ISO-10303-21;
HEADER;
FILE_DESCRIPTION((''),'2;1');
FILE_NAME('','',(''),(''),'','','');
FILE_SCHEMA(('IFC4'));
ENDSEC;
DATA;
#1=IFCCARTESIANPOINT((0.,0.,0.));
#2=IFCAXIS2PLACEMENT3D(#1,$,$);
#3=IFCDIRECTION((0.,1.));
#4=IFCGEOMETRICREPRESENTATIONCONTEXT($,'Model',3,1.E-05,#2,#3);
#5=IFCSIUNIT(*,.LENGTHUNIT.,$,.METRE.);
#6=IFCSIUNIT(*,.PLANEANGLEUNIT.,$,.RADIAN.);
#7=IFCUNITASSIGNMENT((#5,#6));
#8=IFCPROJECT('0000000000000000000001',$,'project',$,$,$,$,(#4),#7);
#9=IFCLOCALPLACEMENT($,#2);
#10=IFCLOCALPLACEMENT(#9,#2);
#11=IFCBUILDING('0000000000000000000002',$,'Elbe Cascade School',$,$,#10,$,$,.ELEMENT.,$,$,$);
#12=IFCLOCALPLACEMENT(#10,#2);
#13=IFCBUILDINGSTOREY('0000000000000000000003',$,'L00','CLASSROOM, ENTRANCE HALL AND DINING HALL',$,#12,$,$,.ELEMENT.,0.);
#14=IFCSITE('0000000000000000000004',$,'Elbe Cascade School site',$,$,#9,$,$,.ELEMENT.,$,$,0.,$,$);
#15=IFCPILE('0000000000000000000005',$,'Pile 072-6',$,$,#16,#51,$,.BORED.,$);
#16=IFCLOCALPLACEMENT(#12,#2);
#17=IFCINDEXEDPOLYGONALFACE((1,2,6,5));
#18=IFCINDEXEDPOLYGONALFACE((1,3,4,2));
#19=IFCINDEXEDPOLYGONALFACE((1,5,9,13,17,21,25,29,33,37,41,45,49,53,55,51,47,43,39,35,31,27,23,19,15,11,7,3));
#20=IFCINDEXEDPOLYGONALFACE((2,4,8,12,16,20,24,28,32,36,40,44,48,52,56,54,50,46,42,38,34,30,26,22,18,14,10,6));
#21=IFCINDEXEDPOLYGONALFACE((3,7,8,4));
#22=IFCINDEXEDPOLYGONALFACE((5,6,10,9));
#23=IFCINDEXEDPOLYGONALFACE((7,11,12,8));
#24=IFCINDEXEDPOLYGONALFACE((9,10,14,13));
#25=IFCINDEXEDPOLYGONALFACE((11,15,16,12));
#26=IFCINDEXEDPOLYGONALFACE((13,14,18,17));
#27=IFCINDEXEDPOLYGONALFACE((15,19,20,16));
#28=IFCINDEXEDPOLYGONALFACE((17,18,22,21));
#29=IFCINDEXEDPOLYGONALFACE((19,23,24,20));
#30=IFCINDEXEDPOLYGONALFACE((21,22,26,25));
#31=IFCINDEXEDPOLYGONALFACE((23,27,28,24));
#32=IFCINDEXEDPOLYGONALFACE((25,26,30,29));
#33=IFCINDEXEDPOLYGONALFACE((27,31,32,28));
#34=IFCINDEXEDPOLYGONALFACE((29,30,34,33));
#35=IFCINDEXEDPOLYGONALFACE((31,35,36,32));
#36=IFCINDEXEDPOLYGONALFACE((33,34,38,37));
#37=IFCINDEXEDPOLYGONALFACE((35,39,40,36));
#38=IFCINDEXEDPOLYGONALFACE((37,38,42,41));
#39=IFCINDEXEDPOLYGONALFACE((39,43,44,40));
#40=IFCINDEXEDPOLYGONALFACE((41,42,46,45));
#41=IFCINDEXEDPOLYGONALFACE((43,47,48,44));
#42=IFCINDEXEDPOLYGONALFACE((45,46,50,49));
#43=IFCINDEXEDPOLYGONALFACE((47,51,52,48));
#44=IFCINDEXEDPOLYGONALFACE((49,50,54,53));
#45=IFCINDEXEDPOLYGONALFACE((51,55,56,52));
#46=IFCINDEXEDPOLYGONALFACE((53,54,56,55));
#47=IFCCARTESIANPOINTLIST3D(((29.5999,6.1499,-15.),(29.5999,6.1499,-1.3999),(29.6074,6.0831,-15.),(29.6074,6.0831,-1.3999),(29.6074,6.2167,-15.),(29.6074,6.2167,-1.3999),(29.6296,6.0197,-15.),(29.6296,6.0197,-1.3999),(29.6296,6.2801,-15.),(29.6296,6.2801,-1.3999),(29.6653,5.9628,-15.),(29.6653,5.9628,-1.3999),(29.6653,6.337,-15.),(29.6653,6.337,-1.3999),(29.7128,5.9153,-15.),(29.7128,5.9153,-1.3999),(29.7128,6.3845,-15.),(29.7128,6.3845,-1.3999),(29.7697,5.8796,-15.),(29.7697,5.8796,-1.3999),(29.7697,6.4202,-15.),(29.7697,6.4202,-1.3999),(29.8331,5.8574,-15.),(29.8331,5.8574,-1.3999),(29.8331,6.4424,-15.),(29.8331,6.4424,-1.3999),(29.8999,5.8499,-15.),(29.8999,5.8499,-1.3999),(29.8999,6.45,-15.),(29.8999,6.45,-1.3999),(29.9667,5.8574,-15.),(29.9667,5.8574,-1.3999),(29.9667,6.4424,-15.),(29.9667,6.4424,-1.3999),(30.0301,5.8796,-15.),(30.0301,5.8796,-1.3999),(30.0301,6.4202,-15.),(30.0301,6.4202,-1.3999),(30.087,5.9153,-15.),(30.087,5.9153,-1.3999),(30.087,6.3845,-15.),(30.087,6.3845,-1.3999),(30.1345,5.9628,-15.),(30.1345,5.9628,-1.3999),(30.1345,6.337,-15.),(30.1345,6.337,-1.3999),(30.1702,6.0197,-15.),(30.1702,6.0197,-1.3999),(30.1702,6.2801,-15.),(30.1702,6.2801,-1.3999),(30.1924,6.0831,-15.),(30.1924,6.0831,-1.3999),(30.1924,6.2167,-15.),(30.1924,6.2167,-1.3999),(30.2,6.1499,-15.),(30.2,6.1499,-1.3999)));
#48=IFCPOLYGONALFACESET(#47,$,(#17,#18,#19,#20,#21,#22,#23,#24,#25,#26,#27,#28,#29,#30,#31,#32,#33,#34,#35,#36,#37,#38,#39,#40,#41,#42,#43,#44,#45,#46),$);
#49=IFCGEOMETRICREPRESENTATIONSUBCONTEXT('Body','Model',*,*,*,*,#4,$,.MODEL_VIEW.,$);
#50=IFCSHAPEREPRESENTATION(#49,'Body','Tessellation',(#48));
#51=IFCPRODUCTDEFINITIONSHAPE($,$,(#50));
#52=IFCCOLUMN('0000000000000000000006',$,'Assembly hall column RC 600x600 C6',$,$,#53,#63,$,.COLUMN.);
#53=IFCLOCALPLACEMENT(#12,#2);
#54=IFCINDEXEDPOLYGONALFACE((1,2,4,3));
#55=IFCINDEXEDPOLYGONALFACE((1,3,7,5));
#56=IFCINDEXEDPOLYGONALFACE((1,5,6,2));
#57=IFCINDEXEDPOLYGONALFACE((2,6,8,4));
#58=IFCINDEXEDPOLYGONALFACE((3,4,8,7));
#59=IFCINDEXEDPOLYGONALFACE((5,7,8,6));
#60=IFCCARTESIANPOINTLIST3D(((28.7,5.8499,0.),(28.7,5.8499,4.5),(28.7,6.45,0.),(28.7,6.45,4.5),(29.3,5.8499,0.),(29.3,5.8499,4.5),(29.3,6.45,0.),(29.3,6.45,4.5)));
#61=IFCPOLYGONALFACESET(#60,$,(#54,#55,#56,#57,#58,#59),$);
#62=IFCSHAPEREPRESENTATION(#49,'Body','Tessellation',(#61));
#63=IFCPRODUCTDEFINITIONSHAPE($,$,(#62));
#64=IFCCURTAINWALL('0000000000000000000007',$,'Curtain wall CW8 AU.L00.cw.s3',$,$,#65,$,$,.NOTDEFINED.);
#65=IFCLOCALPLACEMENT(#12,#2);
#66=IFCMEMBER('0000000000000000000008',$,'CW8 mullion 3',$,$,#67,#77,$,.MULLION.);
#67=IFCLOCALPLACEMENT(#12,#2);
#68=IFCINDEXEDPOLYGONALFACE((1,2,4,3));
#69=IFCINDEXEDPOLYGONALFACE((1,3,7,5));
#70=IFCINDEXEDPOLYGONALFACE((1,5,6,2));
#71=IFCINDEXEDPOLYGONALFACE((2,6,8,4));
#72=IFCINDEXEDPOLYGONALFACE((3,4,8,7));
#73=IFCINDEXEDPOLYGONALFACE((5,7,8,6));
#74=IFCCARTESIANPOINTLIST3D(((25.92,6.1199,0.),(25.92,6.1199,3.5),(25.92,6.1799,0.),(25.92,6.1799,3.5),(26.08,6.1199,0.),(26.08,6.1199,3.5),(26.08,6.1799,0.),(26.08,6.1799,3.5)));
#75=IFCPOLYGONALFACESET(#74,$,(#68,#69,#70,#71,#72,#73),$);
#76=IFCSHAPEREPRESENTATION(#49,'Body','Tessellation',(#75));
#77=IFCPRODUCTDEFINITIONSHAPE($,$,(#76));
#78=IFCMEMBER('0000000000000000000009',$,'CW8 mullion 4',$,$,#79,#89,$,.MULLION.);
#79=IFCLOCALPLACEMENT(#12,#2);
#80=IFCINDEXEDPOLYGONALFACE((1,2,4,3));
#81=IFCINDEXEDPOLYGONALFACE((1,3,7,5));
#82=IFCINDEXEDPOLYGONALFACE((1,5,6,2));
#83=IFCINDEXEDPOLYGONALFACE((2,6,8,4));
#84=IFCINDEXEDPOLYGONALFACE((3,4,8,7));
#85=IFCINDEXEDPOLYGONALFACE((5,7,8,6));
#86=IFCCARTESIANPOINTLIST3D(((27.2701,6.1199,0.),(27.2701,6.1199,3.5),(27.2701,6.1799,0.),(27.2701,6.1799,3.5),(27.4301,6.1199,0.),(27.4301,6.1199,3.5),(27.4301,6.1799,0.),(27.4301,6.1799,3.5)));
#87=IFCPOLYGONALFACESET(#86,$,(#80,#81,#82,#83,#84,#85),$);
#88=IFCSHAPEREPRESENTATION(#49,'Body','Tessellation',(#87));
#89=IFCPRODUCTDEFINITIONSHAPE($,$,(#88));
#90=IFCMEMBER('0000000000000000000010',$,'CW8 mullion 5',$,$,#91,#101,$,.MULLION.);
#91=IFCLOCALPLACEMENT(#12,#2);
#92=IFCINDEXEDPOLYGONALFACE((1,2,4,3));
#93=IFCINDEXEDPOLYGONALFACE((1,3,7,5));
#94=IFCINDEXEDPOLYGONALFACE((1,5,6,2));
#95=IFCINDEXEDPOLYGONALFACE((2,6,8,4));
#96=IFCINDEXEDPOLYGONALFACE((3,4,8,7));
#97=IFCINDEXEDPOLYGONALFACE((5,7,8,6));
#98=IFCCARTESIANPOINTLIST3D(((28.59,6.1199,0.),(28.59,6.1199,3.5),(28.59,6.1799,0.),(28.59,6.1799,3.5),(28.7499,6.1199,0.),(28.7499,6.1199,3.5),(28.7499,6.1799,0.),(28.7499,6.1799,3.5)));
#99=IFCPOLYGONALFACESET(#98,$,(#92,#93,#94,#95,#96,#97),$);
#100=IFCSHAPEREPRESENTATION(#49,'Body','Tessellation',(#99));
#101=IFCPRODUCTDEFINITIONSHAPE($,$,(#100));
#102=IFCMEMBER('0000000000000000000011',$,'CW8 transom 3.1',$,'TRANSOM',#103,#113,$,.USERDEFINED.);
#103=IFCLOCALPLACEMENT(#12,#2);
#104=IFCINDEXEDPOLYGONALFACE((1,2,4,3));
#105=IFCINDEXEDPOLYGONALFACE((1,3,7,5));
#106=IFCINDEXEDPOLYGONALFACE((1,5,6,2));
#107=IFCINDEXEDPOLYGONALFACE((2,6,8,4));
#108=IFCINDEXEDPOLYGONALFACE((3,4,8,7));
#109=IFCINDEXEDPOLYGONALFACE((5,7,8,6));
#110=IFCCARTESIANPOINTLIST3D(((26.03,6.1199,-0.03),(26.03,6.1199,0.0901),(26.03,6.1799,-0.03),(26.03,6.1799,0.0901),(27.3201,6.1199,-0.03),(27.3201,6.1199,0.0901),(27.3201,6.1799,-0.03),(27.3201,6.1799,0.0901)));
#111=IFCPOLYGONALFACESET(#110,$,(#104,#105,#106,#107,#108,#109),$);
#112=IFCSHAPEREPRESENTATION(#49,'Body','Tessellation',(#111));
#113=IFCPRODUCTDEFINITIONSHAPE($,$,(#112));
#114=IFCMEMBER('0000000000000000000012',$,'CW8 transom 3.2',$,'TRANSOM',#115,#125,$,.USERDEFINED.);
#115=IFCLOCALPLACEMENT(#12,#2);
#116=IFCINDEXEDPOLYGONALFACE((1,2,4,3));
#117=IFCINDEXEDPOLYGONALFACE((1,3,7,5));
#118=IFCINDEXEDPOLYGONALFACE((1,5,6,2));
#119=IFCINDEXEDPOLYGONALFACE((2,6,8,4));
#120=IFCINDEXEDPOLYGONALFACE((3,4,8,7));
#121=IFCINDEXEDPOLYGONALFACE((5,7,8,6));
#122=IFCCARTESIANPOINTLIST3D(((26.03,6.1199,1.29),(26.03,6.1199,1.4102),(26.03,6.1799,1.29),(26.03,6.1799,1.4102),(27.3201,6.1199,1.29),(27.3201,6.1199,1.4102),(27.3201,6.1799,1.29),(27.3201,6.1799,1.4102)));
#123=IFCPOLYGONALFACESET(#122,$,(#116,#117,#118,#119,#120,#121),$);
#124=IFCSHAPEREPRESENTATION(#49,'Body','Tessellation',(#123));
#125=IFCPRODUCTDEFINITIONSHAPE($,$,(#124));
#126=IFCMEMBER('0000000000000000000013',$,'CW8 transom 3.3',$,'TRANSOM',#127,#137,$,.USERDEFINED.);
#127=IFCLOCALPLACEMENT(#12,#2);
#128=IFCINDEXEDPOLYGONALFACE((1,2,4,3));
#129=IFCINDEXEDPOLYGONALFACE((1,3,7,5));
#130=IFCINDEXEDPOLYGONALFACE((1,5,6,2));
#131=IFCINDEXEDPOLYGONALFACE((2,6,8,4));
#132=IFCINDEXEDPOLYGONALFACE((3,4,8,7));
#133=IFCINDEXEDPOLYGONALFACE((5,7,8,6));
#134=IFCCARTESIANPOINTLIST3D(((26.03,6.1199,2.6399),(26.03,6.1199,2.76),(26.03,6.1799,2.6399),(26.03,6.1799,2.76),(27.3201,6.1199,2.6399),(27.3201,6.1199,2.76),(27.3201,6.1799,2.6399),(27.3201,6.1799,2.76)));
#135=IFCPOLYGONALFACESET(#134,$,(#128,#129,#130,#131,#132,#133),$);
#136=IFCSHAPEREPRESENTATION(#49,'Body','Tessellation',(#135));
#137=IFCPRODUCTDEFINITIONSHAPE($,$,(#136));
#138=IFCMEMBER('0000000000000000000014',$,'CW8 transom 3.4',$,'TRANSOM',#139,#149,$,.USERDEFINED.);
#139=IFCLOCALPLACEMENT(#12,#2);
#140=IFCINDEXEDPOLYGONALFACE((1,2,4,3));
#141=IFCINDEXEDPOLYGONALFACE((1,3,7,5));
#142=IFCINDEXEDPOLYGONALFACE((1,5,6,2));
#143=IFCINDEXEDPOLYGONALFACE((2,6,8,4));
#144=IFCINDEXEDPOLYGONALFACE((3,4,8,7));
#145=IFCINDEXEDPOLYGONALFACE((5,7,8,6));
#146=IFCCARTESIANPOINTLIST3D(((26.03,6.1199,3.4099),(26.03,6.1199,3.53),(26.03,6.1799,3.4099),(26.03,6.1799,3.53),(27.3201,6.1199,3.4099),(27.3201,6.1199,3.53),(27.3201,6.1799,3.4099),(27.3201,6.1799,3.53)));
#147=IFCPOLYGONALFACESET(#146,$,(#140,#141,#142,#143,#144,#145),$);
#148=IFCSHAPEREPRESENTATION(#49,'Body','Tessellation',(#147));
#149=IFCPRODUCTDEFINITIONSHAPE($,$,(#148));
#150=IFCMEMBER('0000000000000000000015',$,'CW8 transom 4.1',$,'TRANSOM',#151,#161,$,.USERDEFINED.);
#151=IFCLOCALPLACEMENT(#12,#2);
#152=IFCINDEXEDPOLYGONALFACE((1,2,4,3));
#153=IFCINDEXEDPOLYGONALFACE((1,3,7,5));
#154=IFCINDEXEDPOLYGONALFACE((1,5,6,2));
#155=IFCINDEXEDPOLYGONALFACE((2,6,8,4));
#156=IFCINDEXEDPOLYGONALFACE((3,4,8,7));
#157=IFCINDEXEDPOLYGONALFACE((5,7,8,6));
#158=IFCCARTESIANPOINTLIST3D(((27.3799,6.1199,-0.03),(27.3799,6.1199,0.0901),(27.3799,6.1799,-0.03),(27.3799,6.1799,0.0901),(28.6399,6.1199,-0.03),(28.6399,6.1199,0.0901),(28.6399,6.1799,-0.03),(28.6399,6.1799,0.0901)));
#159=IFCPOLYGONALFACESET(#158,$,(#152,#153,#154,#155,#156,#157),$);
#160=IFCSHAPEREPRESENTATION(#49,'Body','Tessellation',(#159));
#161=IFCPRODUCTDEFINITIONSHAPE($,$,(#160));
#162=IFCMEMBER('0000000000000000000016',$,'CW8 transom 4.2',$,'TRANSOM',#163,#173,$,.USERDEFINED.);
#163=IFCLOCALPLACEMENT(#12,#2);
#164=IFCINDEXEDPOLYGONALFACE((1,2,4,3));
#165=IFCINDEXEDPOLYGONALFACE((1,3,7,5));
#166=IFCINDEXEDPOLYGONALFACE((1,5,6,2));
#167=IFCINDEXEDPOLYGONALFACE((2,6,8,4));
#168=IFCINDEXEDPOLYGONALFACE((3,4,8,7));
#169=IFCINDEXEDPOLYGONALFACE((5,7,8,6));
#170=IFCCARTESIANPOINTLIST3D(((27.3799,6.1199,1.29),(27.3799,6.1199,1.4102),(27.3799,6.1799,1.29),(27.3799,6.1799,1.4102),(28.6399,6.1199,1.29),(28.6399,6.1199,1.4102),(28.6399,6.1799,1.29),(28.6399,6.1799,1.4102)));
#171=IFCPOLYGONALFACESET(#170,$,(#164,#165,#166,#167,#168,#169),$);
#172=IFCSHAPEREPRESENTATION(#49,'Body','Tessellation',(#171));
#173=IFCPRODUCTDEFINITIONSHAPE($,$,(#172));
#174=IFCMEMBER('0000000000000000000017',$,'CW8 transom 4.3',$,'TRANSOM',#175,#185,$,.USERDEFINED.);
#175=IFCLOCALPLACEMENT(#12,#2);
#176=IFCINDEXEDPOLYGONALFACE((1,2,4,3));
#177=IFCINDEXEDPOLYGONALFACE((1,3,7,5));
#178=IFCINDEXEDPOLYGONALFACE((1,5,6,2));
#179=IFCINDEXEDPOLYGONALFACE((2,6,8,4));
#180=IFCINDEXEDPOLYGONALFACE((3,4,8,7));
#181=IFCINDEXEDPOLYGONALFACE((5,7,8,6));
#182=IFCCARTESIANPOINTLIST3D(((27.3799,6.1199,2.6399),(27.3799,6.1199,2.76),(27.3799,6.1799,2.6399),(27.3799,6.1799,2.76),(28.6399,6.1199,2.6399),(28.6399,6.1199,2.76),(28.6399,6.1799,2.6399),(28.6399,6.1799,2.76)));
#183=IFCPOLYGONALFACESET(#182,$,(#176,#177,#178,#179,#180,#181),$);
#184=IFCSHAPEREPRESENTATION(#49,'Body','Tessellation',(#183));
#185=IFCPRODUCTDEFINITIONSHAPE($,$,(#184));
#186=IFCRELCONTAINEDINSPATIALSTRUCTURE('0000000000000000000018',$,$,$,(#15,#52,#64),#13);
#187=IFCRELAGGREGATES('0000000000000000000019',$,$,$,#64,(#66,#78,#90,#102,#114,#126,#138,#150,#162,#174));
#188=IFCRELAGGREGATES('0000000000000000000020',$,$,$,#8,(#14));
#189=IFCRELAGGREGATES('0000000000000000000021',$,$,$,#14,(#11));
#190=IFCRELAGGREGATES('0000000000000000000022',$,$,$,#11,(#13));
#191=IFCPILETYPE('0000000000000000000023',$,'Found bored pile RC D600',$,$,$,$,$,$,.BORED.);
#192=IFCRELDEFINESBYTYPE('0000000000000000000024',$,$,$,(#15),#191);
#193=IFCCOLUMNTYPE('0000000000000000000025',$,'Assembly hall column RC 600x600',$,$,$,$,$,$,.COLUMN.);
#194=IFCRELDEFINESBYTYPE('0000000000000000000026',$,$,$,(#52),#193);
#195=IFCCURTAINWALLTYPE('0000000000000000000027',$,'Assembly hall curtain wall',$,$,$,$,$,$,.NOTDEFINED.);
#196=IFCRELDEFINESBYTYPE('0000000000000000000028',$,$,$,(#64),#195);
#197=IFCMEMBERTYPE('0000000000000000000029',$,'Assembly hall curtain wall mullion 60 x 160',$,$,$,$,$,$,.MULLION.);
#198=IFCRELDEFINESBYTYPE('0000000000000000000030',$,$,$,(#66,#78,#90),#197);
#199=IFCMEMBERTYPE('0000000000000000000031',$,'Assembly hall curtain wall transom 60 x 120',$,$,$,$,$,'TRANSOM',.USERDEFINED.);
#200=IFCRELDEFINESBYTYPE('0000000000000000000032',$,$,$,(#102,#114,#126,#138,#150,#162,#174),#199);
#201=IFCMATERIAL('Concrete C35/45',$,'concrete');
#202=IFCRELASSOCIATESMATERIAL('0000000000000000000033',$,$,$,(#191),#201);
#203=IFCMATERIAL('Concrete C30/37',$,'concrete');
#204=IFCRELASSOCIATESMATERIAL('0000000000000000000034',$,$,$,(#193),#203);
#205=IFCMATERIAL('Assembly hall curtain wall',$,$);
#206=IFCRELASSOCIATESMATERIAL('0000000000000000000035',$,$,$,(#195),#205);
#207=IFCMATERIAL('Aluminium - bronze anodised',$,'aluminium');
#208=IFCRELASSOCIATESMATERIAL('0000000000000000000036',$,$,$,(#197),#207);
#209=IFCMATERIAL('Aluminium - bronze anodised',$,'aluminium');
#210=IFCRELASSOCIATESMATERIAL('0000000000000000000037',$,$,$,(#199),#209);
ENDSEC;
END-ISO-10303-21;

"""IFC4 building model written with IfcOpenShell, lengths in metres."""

from ifc_helpers import new_model, si_unit, direction, frame, origin, origin_2d, place, context, subcontext, project, spatial, rectangle, circle, extrude, material, material_profile, profile_set, type_object, element, aggregate, save


model = new_model("IFC4")

# Units and contexts
model_context = context("Model", 3, precision=1e-05, world=origin(), true_north=direction((0.0, 1.0)))
body_context = subcontext(model_context, "Body", "Model", "MODEL_VIEW")
ifc_project = project(units=[si_unit("LENGTHUNIT", "METRE"), si_unit("PLANEANGLEUNIT", "RADIAN")], contexts=[model_context])

# Site, building, storey
site_placement = place(None, origin())
site = spatial("IfcSite", under=ifc_project, at=site_placement, Name="Elbe Cascade School site", CompositionType="ELEMENT", RefElevation=0.0)
building_placement = place(site_placement, origin())
building = spatial("IfcBuilding", under=site, at=building_placement, Name="Elbe Cascade School", CompositionType="ELEMENT")
storey_placement = place(building_placement, origin())
storey = spatial("IfcBuildingStorey", under=building, at=storey_placement, Name="L00", Description="CLASSROOM, ENTRANCE HALL AND DINING HALL", CompositionType="ELEMENT", Elevation=0.0)

# Pile
ifc_material_1 = material(Name="Concrete C35/45", Category="concrete")
ifc_material_profile_1 = material_profile(ifc_material_1, circle(Radius=0.3, at=origin_2d()), Name="RC D600")
ifc_profile_set_1 = profile_set([ifc_material_profile_1], Name="Concrete C35/45")
pile_type = type_object("IfcPileType", Name="Found bored pile RC D600", PredefinedType="BORED", material=ifc_profile_set_1)
pile_placement = place(storey_placement, frame((29.8999, 6.1499, -1.3999), z_axis=(0.0, 0.0, -1.0), x_axis=(1.0, 0.0, 0.0)))
element("IfcPile", 1, at=pile_placement, inside=storey, type_object=pile_type, Name="Pile 072-6", PredefinedType="BORED", context=body_context, shape_type="SweptSolid", body=[
    extrude(circle(Radius=0.3, at=origin_2d()), origin(), (0.0, 0.0, 1.0), 13.6001),
])

# Column
ifc_material_2 = material(Name="Concrete C30/37", Category="concrete")
ifc_material_profile_2 = material_profile(ifc_material_2, rectangle(XDim=0.6001, YDim=0.6001, at=origin_2d()), Name="RC 600x600")
ifc_profile_set_2 = profile_set([ifc_material_profile_2], Name="Concrete C30/37")
column_type = type_object("IfcColumnType", Name="Assembly hall column RC 600x600", PredefinedType="COLUMN", material=ifc_profile_set_2)
column_placement = place(storey_placement, frame((29.0, 6.1499, 0.0), z_axis=(0.0, 0.0, 1.0), x_axis=(1.0, 0.0, 0.0)))
element("IfcColumn", 2, at=column_placement, inside=storey, type_object=column_type, Name="Assembly hall column RC 600x600 C6", PredefinedType="COLUMN", context=body_context, shape_type="SweptSolid", body=[
    extrude(rectangle(XDim=0.6001, YDim=0.6001, at=origin_2d()), origin(), (0.0, 0.0, 1.0), 4.5),
])

# Curtain wall, members
ifc_material_3 = material(Name="Assembly hall curtain wall")
curtain_wall_type = type_object("IfcCurtainWallType", Name="Assembly hall curtain wall", PredefinedType="NOTDEFINED", material=ifc_material_3)
curtain_wall_placement = place(storey_placement, origin())
curtain_wall = element("IfcCurtainWall", 3, at=curtain_wall_placement, inside=storey, type_object=curtain_wall_type, Name="Curtain wall CW8 AU.L00.cw.s3", PredefinedType="NOTDEFINED")
ifc_material_4 = material(Name="Aluminium - bronze anodised", Category="aluminium")
ifc_material_profile_3 = material_profile(ifc_material_4, rectangle(XDim=0.0601, YDim=0.1599, at=origin_2d()), Name="RECT 60x160")
ifc_profile_set_3 = profile_set([ifc_material_profile_3], Name="Aluminium - bronze anodised")
member_type_1 = type_object("IfcMemberType", Name="Assembly hall curtain wall mullion 60 x 160", PredefinedType="MULLION", material=ifc_profile_set_3)
member_1_placement = place(storey_placement, frame((26.0, 6.1499, 0.0), z_axis=(0.0, 0.0, 1.0), x_axis=(0.0, 1.0, 0.0)))
member_1 = element("IfcMember", 4, at=member_1_placement, type_object=member_type_1, Name="CW8 mullion 3", PredefinedType="MULLION", context=body_context, shape_type="SweptSolid", body=[
    extrude(rectangle(XDim=0.0601, YDim=0.1599, at=origin_2d()), origin(), (0.0, 0.0, 1.0), 3.5),
])
member_2_placement = place(storey_placement, frame((27.3501, 6.1499, 0.0), z_axis=(0.0, 0.0, 1.0), x_axis=(0.0, 1.0, 0.0)))
member_2 = element("IfcMember", 5, at=member_2_placement, type_object=member_type_1, Name="CW8 mullion 4", PredefinedType="MULLION", context=body_context, shape_type="SweptSolid", body=[
    extrude(rectangle(XDim=0.0601, YDim=0.1599, at=origin_2d()), origin(), (0.0, 0.0, 1.0), 3.5),
])
member_3_placement = place(storey_placement, frame((28.6699, 6.1499, 0.0), z_axis=(0.0, 0.0, 1.0), x_axis=(0.0, 1.0, 0.0)))
member_3 = element("IfcMember", 6, at=member_3_placement, type_object=member_type_1, Name="CW8 mullion 5", PredefinedType="MULLION", context=body_context, shape_type="SweptSolid", body=[
    extrude(rectangle(XDim=0.0601, YDim=0.1599, at=origin_2d()), origin(), (0.0, 0.0, 1.0), 3.5),
])
ifc_material_5 = material(Name="Aluminium - bronze anodised", Category="aluminium")
ifc_material_profile_4 = material_profile(ifc_material_5, rectangle(XDim=0.0601, YDim=0.1201, at=origin_2d()), Name="RECT 60x120")
ifc_profile_set_4 = profile_set([ifc_material_profile_4], Name="Aluminium - bronze anodised")
member_type_2 = type_object("IfcMemberType", Name="Assembly hall curtain wall transom 60 x 120", ElementType="TRANSOM", PredefinedType="USERDEFINED", material=ifc_profile_set_4)
member_4_placement = place(storey_placement, frame((26.03, 6.1499, 0.03), z_axis=(1.0, 0.0, 0.0), x_axis=(0.0, 1.0, 0.0)))
member_4 = element("IfcMember", 7, at=member_4_placement, type_object=member_type_2, Name="CW8 transom 3.1", ObjectType="TRANSOM", PredefinedType="USERDEFINED", context=body_context, shape_type="SweptSolid", body=[
    extrude(rectangle(XDim=0.0601, YDim=0.1201, at=origin_2d()), origin(), (0.0, 0.0, 1.0), 1.29),
])
member_5_placement = place(storey_placement, frame((26.03, 6.1499, 1.3501), z_axis=(1.0, 0.0, 0.0), x_axis=(0.0, 1.0, 0.0)))
member_5 = element("IfcMember", 8, at=member_5_placement, type_object=member_type_2, Name="CW8 transom 3.2", ObjectType="TRANSOM", PredefinedType="USERDEFINED", context=body_context, shape_type="SweptSolid", body=[
    extrude(rectangle(XDim=0.0601, YDim=0.1201, at=origin_2d()), origin(), (0.0, 0.0, 1.0), 1.29),
])
member_6_placement = place(storey_placement, frame((26.03, 6.1499, 2.7), z_axis=(1.0, 0.0, 0.0), x_axis=(0.0, 1.0, 0.0)))
member_6 = element("IfcMember", 9, at=member_6_placement, type_object=member_type_2, Name="CW8 transom 3.3", ObjectType="TRANSOM", PredefinedType="USERDEFINED", context=body_context, shape_type="SweptSolid", body=[
    extrude(rectangle(XDim=0.0601, YDim=0.1201, at=origin_2d()), origin(), (0.0, 0.0, 1.0), 1.29),
])
member_7_placement = place(storey_placement, frame((26.03, 6.1499, 3.47), z_axis=(1.0, 0.0, 0.0), x_axis=(0.0, 1.0, 0.0)))
member_7 = element("IfcMember", 10, at=member_7_placement, type_object=member_type_2, Name="CW8 transom 3.4", ObjectType="TRANSOM", PredefinedType="USERDEFINED", context=body_context, shape_type="SweptSolid", body=[
    extrude(rectangle(XDim=0.0601, YDim=0.1201, at=origin_2d()), origin(), (0.0, 0.0, 1.0), 1.29),
])
member_8_placement = place(storey_placement, frame((27.3799, 6.1499, 0.03), z_axis=(1.0, 0.0, 0.0), x_axis=(0.0, 1.0, 0.0)))
member_8 = element("IfcMember", 11, at=member_8_placement, type_object=member_type_2, Name="CW8 transom 4.1", ObjectType="TRANSOM", PredefinedType="USERDEFINED", context=body_context, shape_type="SweptSolid", body=[
    extrude(rectangle(XDim=0.0601, YDim=0.1201, at=origin_2d()), origin(), (0.0, 0.0, 1.0), 1.26),
])
member_9_placement = place(storey_placement, frame((27.3799, 6.1499, 1.3501), z_axis=(1.0, 0.0, 0.0), x_axis=(0.0, 1.0, 0.0)))
member_9 = element("IfcMember", 12, at=member_9_placement, type_object=member_type_2, Name="CW8 transom 4.2", ObjectType="TRANSOM", PredefinedType="USERDEFINED", context=body_context, shape_type="SweptSolid", body=[
    extrude(rectangle(XDim=0.0601, YDim=0.1201, at=origin_2d()), origin(), (0.0, 0.0, 1.0), 1.26),
])
member_10_placement = place(storey_placement, frame((27.3799, 6.1499, 2.7), z_axis=(1.0, 0.0, 0.0), x_axis=(0.0, 1.0, 0.0)))
member_10 = element("IfcMember", 13, at=member_10_placement, type_object=member_type_2, Name="CW8 transom 4.3", ObjectType="TRANSOM", PredefinedType="USERDEFINED", context=body_context, shape_type="SweptSolid", body=[
    extrude(rectangle(XDim=0.0601, YDim=0.1201, at=origin_2d()), origin(), (0.0, 0.0, 1.0), 1.26),
])

aggregate(curtain_wall, [member_1, member_2, member_3, member_4, member_5, member_6, member_7, member_8, member_9, member_10])

save(model, "model.ifc")
